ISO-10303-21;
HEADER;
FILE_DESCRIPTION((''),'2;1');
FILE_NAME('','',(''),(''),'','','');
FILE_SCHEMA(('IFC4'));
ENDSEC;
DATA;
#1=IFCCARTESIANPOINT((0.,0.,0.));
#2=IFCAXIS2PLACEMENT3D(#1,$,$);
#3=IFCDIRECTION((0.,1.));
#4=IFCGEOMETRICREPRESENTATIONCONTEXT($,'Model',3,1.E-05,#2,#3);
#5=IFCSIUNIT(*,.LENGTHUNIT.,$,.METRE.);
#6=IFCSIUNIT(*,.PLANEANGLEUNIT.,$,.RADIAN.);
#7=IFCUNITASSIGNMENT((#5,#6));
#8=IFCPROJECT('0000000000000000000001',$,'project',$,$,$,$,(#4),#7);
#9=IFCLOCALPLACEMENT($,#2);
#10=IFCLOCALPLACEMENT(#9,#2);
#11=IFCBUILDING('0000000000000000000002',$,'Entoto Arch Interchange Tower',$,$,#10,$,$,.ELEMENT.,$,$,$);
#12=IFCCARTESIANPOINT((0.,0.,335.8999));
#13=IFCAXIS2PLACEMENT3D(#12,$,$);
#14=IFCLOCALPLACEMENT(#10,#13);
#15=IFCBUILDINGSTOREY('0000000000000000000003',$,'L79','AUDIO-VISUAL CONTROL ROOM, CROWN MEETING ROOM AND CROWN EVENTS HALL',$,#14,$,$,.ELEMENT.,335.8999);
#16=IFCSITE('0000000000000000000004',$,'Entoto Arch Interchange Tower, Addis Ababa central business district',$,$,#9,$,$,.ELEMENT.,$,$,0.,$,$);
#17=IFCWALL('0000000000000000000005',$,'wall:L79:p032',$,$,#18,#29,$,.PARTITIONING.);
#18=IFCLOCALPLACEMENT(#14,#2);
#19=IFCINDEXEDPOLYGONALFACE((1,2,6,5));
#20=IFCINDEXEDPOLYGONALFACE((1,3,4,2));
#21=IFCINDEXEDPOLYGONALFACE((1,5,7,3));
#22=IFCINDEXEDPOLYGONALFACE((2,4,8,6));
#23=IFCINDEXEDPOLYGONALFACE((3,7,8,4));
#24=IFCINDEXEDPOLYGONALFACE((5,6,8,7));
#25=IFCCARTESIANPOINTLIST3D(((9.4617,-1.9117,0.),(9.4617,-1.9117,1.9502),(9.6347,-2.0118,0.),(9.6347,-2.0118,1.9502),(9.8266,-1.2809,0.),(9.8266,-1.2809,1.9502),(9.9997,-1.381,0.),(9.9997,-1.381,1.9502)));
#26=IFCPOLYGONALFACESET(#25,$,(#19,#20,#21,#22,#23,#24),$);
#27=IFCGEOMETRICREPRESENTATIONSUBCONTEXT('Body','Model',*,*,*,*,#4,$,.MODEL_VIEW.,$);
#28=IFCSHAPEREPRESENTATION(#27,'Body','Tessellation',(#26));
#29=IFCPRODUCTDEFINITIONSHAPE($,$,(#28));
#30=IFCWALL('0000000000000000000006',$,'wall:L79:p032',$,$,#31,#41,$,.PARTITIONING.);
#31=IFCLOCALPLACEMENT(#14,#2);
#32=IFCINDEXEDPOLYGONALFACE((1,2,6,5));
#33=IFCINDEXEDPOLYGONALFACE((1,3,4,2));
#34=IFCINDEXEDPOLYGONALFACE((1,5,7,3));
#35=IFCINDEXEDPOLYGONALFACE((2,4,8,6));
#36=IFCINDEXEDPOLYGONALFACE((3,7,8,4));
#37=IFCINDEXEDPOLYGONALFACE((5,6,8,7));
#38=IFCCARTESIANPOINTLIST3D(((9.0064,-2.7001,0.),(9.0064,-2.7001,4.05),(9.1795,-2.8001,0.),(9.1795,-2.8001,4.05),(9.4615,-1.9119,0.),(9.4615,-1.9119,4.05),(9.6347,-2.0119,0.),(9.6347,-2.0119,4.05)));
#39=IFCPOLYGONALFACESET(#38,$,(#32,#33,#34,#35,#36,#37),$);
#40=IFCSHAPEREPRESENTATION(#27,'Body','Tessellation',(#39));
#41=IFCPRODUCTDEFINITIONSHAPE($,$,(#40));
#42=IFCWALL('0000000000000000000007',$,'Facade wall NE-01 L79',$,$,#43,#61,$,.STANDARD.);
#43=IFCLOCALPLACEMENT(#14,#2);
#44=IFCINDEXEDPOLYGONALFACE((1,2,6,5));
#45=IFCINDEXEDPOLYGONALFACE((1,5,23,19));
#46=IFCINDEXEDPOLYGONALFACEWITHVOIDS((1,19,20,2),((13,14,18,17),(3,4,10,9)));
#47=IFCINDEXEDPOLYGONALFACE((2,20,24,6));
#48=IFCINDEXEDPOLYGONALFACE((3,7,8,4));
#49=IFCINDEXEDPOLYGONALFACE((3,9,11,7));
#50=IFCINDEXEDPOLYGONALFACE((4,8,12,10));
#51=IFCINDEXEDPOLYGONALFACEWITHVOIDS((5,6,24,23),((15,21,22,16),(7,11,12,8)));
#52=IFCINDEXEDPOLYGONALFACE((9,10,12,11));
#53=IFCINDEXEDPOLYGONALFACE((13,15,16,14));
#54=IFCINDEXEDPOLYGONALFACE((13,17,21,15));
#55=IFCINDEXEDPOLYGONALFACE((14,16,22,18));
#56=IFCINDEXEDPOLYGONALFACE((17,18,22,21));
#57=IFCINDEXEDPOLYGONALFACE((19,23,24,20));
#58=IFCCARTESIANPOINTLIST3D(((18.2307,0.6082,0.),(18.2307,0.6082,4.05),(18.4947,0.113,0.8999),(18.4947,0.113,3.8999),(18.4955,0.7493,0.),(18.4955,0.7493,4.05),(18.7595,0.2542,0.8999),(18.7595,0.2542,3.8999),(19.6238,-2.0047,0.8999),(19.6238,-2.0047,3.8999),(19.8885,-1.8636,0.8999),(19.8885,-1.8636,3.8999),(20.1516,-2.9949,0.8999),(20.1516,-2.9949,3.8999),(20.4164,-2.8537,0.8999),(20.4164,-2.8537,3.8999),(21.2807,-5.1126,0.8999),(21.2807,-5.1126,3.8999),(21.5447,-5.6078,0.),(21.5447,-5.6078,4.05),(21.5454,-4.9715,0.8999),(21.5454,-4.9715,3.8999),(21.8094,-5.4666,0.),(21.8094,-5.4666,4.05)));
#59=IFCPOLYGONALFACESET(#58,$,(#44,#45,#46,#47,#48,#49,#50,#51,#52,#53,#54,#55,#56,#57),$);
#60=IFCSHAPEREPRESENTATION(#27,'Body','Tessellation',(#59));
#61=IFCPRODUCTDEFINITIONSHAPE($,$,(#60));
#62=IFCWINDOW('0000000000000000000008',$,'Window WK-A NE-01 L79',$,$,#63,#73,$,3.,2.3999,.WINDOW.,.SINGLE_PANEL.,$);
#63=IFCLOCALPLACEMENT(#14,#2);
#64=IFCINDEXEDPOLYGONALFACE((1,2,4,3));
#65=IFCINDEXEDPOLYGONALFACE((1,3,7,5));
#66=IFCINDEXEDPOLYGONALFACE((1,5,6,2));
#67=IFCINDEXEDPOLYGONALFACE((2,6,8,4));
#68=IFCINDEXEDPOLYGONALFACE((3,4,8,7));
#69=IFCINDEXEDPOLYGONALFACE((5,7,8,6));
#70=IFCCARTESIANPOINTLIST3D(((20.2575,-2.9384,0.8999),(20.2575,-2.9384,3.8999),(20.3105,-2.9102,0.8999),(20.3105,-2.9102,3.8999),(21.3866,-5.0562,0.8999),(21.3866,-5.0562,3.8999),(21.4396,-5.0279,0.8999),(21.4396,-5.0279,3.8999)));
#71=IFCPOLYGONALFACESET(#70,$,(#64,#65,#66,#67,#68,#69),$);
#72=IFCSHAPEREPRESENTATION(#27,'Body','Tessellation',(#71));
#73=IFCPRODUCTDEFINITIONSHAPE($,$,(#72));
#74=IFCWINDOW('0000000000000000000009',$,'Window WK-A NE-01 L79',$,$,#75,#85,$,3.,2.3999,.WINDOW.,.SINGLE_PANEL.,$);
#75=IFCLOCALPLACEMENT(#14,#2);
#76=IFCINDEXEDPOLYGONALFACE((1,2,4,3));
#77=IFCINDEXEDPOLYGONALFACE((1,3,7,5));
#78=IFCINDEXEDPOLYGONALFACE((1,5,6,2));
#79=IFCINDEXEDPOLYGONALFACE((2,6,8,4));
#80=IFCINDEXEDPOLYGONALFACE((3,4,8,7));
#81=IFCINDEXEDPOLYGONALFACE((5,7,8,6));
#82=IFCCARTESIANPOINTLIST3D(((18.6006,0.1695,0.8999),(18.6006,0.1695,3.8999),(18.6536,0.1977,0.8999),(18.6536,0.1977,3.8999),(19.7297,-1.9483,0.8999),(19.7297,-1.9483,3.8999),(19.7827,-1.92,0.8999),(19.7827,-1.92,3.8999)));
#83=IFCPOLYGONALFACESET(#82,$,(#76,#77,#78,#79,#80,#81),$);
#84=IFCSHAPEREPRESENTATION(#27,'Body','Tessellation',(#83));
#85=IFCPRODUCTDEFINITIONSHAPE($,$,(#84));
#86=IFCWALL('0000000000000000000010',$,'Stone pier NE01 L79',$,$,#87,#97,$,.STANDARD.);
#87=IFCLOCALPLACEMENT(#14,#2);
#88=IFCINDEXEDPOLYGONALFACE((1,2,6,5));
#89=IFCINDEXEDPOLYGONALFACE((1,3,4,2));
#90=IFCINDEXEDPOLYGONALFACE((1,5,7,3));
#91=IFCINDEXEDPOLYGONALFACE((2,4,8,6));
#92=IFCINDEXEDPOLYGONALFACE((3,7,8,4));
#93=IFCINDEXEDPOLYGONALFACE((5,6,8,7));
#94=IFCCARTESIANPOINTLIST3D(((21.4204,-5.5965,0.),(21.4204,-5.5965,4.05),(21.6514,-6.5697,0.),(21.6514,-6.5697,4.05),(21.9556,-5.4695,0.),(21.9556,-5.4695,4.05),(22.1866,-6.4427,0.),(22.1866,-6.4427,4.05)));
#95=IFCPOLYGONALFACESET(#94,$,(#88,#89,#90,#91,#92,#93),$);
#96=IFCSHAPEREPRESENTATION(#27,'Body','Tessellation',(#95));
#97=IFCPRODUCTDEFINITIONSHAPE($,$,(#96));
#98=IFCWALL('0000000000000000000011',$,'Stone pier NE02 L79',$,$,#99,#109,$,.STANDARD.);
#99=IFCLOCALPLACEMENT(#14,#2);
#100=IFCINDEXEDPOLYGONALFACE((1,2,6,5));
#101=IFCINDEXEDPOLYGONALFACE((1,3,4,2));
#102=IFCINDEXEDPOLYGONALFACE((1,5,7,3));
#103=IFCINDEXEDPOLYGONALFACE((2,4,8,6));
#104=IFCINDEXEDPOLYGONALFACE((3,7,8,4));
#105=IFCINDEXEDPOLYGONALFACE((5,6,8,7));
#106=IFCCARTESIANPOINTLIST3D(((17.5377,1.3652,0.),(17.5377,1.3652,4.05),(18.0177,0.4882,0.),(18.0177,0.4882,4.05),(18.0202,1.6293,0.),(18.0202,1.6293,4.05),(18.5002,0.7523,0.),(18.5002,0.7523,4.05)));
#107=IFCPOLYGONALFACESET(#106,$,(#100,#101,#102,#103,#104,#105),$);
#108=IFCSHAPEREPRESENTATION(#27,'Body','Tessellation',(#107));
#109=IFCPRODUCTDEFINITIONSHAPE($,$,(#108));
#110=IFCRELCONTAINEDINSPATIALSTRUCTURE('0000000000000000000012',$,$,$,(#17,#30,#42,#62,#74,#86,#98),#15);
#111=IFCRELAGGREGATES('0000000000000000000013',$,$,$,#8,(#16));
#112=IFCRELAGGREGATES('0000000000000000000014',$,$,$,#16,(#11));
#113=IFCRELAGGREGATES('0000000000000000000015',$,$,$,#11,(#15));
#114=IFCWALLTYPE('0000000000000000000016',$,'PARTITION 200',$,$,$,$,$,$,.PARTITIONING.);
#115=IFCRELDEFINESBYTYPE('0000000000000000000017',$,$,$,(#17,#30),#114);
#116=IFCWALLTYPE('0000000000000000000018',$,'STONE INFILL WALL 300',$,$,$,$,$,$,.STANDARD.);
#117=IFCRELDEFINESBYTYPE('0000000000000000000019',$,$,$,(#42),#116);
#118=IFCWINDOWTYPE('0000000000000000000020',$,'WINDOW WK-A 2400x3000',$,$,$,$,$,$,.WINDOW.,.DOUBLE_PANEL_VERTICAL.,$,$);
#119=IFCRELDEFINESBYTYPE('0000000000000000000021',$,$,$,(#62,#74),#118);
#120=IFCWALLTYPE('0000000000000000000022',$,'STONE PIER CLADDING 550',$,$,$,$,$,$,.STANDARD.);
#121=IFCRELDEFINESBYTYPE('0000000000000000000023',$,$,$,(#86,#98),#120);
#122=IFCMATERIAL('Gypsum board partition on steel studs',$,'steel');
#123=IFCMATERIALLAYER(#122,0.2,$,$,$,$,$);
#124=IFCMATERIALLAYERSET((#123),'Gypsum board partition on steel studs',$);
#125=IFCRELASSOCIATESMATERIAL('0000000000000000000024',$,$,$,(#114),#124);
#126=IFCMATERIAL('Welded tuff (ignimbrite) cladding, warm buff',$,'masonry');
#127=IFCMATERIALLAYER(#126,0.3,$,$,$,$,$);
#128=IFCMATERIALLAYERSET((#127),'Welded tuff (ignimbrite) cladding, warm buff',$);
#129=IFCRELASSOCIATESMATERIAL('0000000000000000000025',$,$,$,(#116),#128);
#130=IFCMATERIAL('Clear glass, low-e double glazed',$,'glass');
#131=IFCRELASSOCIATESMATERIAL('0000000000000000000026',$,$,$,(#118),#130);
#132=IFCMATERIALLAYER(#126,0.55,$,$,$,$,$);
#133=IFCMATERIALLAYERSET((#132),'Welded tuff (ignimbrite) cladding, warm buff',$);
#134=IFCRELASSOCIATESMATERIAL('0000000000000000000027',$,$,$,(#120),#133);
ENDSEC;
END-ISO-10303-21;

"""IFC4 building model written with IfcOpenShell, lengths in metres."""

from ifc_helpers import new_model, si_unit, direction, frame, frame_2d, origin, place, context, subcontext, project, spatial, rectangle, extrude, material, layer, layer_set, type_object, element, fill, save


model = new_model("IFC4")

# Units and contexts
model_context = context("Model", 3, precision=1e-05, world=origin(), true_north=direction((0.0, 1.0)))
body_context = subcontext(model_context, "Body", "Model", "MODEL_VIEW")
ifc_project = project(units=[si_unit("LENGTHUNIT", "METRE"), si_unit("PLANEANGLEUNIT", "RADIAN")], contexts=[model_context])

# Site, building, storey
site_placement = place(None, origin())
site = spatial("IfcSite", under=ifc_project, at=site_placement, Name="Entoto Arch Interchange Tower, Addis Ababa central business district", CompositionType="ELEMENT", RefElevation=0.0)
building_placement = place(site_placement, origin())
building = spatial("IfcBuilding", under=site, at=building_placement, Name="Entoto Arch Interchange Tower", CompositionType="ELEMENT")
storey_placement = place(building_placement, frame((0.0, 0.0, 335.8999)))
storey = spatial("IfcBuildingStorey", under=building, at=storey_placement, Name="L79", Description="AUDIO-VISUAL CONTROL ROOM, CROWN MEETING ROOM AND CROWN EVENTS HALL", CompositionType="ELEMENT", Elevation=335.8999)

# Shared definitions
ifc_material_1 = material(Name="Gypsum board partition on steel studs", Category="steel")
ifc_layer_1 = layer(ifc_material_1, 0.2)
ifc_layer_set_1 = layer_set([ifc_layer_1], Name="Gypsum board partition on steel studs")
wall_type_1 = type_object("IfcWallType", Name="PARTITION 200", PredefinedType="PARTITIONING", material=ifc_layer_set_1)

# Walls
wall_1_placement = place(storey_placement, frame((9.9131, -1.3311, 0.0), z_axis=(0.0, 0.0, 1.0), x_axis=(-0.500785, -0.865571, 0.0)))
element("IfcWall", 1, at=wall_1_placement, inside=storey, type_object=wall_type_1, Name="wall:L79:p032", PredefinedType="PARTITIONING", context=body_context, shape_type="SweptSolid", body=[
    extrude(rectangle(XDim=0.7288, YDim=0.2, at=frame_2d((0.3643, 0.0))), origin(), (0.0, 0.0, 1.0), 1.9502),
])
wall_2_placement = place(storey_placement, frame((9.5481, -1.9619, 0.0), z_axis=(0.0, 0.0, 1.0), x_axis=(-0.500063, -0.865989, 0.0)))
element("IfcWall", 2, at=wall_2_placement, inside=storey, type_object=wall_type_1, Name="wall:L79:p032", PredefinedType="PARTITIONING", context=body_context, shape_type="SweptSolid", body=[
    extrude(rectangle(XDim=0.9102, YDim=0.2, at=frame_2d((0.4551, 0.0))), origin(), (0.0, 0.0, 1.0), 4.05),
])

# Wall, openings, windows
ifc_material_2 = material(Name="Welded tuff (ignimbrite) cladding, warm buff", Category="masonry")
ifc_layer_2 = layer(ifc_material_2, 0.3)
ifc_layer_set_2 = layer_set([ifc_layer_2], Name="Welded tuff (ignimbrite) cladding, warm buff")
wall_type_2 = type_object("IfcWallType", Name="STONE INFILL WALL 300", PredefinedType="STANDARD", material=ifc_layer_set_2)
wall_3_placement = place(storey_placement, frame((21.677, -5.5371, 0.0), z_axis=(0.0, 0.0, 1.0), x_axis=(-0.470448, 0.882428, 0.0)))
wall_3 = element("IfcWall", 3, at=wall_3_placement, inside=storey, type_object=wall_type_2, Name="Facade wall NE-01 L79", PredefinedType="STANDARD", context=body_context, shape_type="SweptSolid", body=[
    extrude(rectangle(XDim=7.0442, YDim=0.3, at=frame_2d((3.522, 0.0))), origin(), (0.0, 0.0, 1.0), 4.05),
])
opening_1_placement = place(wall_3_placement, frame((0.561, 0.0, 0.8999)))
opening_1 = element("IfcOpeningElement", 4, at=opening_1_placement, cuts=wall_3, PredefinedType="OPENING", context=body_context, shape_type="SweptSolid", body=[
    extrude(rectangle(XDim=2.3999, YDim=3.0, at=frame_2d((1.2, 1.5))), frame((0.0, 0.1602, 0.0), z_axis=(0.0, -1.0, 0.0), x_axis=(1.0, 0.0, 0.0)), (0.0, 0.0, 1.0), 0.3201),
])
opening_2_placement = place(wall_3_placement, frame((4.083, 0.0, 0.8999)))
opening_2 = element("IfcOpeningElement", 5, at=opening_2_placement, cuts=wall_3, PredefinedType="OPENING", context=body_context, shape_type="SweptSolid", body=[
    extrude(rectangle(XDim=2.3999, YDim=3.0, at=frame_2d((1.2, 1.5))), frame((0.0, 0.1602, 0.0), z_axis=(0.0, -1.0, 0.0), x_axis=(1.0, 0.0, 0.0)), (0.0, 0.0, 1.0), 0.3201),
])
ifc_material_3 = material(Name="Clear glass, low-e double glazed", Category="glass")
window_type = type_object("IfcWindowType", Name="WINDOW WK-A 2400x3000", PartitioningType="DOUBLE_PANEL_VERTICAL", PredefinedType="WINDOW", material=ifc_material_3)
window_1_placement = place(opening_1_placement, origin())
window_1 = element("IfcWindow", 6, at=window_1_placement, inside=storey, type_object=window_type, Name="Window WK-A NE-01 L79", OverallHeight=3.0, OverallWidth=2.3999, PartitioningType="SINGLE_PANEL", PredefinedType="WINDOW", context=body_context, shape_type="SweptSolid", body=[
    extrude(rectangle(XDim=2.3999, YDim=3.0, at=frame_2d((1.2, 1.5))), frame((0.0, 0.03, 0.0), z_axis=(0.0, -1.0, 0.0), x_axis=(1.0, 0.0, 0.0)), (0.0, 0.0, 1.0), 0.0601),
])
fill(opening_1, window_1)
window_2_placement = place(opening_2_placement, origin())
window_2 = element("IfcWindow", 7, at=window_2_placement, inside=storey, type_object=window_type, Name="Window WK-A NE-01 L79", OverallHeight=3.0, OverallWidth=2.3999, PartitioningType="SINGLE_PANEL", PredefinedType="WINDOW", context=body_context, shape_type="SweptSolid", body=[
    extrude(rectangle(XDim=2.3999, YDim=3.0, at=frame_2d((1.2, 1.5))), frame((0.0, 0.03, 0.0), z_axis=(0.0, -1.0, 0.0), x_axis=(1.0, 0.0, 0.0)), (0.0, 0.0, 1.0), 0.0601),
])
fill(opening_2, window_2)

# Walls
ifc_layer_3 = layer(ifc_material_2, 0.55)
ifc_layer_set_3 = layer_set([ifc_layer_3], Name="Welded tuff (ignimbrite) cladding, warm buff")
wall_type_3 = type_object("IfcWallType", Name="STONE PIER CLADDING 550", PredefinedType="STANDARD", material=ifc_layer_set_3)
wall_4_placement = place(storey_placement, frame((21.9189, -6.5061, 0.0), z_axis=(0.0, 0.0, 1.0), x_axis=(-0.230916, 0.972974, 0.0)))
element("IfcWall", 8, at=wall_4_placement, inside=storey, type_object=wall_type_3, Name="Stone pier NE01 L79", PredefinedType="STANDARD", context=body_context, shape_type="SweptSolid", body=[
    extrude(rectangle(XDim=1.0002, YDim=0.55, at=frame_2d((0.5, 0.0))), origin(), (0.0, 0.0, 1.0), 4.05),
])
wall_5_placement = place(storey_placement, frame((18.259, 0.6201, 0.0), z_axis=(0.0, 0.0, 1.0), x_axis=(-0.480118, 0.877204, 0.0)))
element("IfcWall", 9, at=wall_5_placement, inside=storey, type_object=wall_type_3, Name="Stone pier NE02 L79", PredefinedType="STANDARD", context=body_context, shape_type="SweptSolid", body=[
    extrude(rectangle(XDim=0.9998, YDim=0.55, at=frame_2d((0.5, 0.0))), origin(), (0.0, 0.0, 1.0), 4.05),
])

save(model, "model.ifc")
